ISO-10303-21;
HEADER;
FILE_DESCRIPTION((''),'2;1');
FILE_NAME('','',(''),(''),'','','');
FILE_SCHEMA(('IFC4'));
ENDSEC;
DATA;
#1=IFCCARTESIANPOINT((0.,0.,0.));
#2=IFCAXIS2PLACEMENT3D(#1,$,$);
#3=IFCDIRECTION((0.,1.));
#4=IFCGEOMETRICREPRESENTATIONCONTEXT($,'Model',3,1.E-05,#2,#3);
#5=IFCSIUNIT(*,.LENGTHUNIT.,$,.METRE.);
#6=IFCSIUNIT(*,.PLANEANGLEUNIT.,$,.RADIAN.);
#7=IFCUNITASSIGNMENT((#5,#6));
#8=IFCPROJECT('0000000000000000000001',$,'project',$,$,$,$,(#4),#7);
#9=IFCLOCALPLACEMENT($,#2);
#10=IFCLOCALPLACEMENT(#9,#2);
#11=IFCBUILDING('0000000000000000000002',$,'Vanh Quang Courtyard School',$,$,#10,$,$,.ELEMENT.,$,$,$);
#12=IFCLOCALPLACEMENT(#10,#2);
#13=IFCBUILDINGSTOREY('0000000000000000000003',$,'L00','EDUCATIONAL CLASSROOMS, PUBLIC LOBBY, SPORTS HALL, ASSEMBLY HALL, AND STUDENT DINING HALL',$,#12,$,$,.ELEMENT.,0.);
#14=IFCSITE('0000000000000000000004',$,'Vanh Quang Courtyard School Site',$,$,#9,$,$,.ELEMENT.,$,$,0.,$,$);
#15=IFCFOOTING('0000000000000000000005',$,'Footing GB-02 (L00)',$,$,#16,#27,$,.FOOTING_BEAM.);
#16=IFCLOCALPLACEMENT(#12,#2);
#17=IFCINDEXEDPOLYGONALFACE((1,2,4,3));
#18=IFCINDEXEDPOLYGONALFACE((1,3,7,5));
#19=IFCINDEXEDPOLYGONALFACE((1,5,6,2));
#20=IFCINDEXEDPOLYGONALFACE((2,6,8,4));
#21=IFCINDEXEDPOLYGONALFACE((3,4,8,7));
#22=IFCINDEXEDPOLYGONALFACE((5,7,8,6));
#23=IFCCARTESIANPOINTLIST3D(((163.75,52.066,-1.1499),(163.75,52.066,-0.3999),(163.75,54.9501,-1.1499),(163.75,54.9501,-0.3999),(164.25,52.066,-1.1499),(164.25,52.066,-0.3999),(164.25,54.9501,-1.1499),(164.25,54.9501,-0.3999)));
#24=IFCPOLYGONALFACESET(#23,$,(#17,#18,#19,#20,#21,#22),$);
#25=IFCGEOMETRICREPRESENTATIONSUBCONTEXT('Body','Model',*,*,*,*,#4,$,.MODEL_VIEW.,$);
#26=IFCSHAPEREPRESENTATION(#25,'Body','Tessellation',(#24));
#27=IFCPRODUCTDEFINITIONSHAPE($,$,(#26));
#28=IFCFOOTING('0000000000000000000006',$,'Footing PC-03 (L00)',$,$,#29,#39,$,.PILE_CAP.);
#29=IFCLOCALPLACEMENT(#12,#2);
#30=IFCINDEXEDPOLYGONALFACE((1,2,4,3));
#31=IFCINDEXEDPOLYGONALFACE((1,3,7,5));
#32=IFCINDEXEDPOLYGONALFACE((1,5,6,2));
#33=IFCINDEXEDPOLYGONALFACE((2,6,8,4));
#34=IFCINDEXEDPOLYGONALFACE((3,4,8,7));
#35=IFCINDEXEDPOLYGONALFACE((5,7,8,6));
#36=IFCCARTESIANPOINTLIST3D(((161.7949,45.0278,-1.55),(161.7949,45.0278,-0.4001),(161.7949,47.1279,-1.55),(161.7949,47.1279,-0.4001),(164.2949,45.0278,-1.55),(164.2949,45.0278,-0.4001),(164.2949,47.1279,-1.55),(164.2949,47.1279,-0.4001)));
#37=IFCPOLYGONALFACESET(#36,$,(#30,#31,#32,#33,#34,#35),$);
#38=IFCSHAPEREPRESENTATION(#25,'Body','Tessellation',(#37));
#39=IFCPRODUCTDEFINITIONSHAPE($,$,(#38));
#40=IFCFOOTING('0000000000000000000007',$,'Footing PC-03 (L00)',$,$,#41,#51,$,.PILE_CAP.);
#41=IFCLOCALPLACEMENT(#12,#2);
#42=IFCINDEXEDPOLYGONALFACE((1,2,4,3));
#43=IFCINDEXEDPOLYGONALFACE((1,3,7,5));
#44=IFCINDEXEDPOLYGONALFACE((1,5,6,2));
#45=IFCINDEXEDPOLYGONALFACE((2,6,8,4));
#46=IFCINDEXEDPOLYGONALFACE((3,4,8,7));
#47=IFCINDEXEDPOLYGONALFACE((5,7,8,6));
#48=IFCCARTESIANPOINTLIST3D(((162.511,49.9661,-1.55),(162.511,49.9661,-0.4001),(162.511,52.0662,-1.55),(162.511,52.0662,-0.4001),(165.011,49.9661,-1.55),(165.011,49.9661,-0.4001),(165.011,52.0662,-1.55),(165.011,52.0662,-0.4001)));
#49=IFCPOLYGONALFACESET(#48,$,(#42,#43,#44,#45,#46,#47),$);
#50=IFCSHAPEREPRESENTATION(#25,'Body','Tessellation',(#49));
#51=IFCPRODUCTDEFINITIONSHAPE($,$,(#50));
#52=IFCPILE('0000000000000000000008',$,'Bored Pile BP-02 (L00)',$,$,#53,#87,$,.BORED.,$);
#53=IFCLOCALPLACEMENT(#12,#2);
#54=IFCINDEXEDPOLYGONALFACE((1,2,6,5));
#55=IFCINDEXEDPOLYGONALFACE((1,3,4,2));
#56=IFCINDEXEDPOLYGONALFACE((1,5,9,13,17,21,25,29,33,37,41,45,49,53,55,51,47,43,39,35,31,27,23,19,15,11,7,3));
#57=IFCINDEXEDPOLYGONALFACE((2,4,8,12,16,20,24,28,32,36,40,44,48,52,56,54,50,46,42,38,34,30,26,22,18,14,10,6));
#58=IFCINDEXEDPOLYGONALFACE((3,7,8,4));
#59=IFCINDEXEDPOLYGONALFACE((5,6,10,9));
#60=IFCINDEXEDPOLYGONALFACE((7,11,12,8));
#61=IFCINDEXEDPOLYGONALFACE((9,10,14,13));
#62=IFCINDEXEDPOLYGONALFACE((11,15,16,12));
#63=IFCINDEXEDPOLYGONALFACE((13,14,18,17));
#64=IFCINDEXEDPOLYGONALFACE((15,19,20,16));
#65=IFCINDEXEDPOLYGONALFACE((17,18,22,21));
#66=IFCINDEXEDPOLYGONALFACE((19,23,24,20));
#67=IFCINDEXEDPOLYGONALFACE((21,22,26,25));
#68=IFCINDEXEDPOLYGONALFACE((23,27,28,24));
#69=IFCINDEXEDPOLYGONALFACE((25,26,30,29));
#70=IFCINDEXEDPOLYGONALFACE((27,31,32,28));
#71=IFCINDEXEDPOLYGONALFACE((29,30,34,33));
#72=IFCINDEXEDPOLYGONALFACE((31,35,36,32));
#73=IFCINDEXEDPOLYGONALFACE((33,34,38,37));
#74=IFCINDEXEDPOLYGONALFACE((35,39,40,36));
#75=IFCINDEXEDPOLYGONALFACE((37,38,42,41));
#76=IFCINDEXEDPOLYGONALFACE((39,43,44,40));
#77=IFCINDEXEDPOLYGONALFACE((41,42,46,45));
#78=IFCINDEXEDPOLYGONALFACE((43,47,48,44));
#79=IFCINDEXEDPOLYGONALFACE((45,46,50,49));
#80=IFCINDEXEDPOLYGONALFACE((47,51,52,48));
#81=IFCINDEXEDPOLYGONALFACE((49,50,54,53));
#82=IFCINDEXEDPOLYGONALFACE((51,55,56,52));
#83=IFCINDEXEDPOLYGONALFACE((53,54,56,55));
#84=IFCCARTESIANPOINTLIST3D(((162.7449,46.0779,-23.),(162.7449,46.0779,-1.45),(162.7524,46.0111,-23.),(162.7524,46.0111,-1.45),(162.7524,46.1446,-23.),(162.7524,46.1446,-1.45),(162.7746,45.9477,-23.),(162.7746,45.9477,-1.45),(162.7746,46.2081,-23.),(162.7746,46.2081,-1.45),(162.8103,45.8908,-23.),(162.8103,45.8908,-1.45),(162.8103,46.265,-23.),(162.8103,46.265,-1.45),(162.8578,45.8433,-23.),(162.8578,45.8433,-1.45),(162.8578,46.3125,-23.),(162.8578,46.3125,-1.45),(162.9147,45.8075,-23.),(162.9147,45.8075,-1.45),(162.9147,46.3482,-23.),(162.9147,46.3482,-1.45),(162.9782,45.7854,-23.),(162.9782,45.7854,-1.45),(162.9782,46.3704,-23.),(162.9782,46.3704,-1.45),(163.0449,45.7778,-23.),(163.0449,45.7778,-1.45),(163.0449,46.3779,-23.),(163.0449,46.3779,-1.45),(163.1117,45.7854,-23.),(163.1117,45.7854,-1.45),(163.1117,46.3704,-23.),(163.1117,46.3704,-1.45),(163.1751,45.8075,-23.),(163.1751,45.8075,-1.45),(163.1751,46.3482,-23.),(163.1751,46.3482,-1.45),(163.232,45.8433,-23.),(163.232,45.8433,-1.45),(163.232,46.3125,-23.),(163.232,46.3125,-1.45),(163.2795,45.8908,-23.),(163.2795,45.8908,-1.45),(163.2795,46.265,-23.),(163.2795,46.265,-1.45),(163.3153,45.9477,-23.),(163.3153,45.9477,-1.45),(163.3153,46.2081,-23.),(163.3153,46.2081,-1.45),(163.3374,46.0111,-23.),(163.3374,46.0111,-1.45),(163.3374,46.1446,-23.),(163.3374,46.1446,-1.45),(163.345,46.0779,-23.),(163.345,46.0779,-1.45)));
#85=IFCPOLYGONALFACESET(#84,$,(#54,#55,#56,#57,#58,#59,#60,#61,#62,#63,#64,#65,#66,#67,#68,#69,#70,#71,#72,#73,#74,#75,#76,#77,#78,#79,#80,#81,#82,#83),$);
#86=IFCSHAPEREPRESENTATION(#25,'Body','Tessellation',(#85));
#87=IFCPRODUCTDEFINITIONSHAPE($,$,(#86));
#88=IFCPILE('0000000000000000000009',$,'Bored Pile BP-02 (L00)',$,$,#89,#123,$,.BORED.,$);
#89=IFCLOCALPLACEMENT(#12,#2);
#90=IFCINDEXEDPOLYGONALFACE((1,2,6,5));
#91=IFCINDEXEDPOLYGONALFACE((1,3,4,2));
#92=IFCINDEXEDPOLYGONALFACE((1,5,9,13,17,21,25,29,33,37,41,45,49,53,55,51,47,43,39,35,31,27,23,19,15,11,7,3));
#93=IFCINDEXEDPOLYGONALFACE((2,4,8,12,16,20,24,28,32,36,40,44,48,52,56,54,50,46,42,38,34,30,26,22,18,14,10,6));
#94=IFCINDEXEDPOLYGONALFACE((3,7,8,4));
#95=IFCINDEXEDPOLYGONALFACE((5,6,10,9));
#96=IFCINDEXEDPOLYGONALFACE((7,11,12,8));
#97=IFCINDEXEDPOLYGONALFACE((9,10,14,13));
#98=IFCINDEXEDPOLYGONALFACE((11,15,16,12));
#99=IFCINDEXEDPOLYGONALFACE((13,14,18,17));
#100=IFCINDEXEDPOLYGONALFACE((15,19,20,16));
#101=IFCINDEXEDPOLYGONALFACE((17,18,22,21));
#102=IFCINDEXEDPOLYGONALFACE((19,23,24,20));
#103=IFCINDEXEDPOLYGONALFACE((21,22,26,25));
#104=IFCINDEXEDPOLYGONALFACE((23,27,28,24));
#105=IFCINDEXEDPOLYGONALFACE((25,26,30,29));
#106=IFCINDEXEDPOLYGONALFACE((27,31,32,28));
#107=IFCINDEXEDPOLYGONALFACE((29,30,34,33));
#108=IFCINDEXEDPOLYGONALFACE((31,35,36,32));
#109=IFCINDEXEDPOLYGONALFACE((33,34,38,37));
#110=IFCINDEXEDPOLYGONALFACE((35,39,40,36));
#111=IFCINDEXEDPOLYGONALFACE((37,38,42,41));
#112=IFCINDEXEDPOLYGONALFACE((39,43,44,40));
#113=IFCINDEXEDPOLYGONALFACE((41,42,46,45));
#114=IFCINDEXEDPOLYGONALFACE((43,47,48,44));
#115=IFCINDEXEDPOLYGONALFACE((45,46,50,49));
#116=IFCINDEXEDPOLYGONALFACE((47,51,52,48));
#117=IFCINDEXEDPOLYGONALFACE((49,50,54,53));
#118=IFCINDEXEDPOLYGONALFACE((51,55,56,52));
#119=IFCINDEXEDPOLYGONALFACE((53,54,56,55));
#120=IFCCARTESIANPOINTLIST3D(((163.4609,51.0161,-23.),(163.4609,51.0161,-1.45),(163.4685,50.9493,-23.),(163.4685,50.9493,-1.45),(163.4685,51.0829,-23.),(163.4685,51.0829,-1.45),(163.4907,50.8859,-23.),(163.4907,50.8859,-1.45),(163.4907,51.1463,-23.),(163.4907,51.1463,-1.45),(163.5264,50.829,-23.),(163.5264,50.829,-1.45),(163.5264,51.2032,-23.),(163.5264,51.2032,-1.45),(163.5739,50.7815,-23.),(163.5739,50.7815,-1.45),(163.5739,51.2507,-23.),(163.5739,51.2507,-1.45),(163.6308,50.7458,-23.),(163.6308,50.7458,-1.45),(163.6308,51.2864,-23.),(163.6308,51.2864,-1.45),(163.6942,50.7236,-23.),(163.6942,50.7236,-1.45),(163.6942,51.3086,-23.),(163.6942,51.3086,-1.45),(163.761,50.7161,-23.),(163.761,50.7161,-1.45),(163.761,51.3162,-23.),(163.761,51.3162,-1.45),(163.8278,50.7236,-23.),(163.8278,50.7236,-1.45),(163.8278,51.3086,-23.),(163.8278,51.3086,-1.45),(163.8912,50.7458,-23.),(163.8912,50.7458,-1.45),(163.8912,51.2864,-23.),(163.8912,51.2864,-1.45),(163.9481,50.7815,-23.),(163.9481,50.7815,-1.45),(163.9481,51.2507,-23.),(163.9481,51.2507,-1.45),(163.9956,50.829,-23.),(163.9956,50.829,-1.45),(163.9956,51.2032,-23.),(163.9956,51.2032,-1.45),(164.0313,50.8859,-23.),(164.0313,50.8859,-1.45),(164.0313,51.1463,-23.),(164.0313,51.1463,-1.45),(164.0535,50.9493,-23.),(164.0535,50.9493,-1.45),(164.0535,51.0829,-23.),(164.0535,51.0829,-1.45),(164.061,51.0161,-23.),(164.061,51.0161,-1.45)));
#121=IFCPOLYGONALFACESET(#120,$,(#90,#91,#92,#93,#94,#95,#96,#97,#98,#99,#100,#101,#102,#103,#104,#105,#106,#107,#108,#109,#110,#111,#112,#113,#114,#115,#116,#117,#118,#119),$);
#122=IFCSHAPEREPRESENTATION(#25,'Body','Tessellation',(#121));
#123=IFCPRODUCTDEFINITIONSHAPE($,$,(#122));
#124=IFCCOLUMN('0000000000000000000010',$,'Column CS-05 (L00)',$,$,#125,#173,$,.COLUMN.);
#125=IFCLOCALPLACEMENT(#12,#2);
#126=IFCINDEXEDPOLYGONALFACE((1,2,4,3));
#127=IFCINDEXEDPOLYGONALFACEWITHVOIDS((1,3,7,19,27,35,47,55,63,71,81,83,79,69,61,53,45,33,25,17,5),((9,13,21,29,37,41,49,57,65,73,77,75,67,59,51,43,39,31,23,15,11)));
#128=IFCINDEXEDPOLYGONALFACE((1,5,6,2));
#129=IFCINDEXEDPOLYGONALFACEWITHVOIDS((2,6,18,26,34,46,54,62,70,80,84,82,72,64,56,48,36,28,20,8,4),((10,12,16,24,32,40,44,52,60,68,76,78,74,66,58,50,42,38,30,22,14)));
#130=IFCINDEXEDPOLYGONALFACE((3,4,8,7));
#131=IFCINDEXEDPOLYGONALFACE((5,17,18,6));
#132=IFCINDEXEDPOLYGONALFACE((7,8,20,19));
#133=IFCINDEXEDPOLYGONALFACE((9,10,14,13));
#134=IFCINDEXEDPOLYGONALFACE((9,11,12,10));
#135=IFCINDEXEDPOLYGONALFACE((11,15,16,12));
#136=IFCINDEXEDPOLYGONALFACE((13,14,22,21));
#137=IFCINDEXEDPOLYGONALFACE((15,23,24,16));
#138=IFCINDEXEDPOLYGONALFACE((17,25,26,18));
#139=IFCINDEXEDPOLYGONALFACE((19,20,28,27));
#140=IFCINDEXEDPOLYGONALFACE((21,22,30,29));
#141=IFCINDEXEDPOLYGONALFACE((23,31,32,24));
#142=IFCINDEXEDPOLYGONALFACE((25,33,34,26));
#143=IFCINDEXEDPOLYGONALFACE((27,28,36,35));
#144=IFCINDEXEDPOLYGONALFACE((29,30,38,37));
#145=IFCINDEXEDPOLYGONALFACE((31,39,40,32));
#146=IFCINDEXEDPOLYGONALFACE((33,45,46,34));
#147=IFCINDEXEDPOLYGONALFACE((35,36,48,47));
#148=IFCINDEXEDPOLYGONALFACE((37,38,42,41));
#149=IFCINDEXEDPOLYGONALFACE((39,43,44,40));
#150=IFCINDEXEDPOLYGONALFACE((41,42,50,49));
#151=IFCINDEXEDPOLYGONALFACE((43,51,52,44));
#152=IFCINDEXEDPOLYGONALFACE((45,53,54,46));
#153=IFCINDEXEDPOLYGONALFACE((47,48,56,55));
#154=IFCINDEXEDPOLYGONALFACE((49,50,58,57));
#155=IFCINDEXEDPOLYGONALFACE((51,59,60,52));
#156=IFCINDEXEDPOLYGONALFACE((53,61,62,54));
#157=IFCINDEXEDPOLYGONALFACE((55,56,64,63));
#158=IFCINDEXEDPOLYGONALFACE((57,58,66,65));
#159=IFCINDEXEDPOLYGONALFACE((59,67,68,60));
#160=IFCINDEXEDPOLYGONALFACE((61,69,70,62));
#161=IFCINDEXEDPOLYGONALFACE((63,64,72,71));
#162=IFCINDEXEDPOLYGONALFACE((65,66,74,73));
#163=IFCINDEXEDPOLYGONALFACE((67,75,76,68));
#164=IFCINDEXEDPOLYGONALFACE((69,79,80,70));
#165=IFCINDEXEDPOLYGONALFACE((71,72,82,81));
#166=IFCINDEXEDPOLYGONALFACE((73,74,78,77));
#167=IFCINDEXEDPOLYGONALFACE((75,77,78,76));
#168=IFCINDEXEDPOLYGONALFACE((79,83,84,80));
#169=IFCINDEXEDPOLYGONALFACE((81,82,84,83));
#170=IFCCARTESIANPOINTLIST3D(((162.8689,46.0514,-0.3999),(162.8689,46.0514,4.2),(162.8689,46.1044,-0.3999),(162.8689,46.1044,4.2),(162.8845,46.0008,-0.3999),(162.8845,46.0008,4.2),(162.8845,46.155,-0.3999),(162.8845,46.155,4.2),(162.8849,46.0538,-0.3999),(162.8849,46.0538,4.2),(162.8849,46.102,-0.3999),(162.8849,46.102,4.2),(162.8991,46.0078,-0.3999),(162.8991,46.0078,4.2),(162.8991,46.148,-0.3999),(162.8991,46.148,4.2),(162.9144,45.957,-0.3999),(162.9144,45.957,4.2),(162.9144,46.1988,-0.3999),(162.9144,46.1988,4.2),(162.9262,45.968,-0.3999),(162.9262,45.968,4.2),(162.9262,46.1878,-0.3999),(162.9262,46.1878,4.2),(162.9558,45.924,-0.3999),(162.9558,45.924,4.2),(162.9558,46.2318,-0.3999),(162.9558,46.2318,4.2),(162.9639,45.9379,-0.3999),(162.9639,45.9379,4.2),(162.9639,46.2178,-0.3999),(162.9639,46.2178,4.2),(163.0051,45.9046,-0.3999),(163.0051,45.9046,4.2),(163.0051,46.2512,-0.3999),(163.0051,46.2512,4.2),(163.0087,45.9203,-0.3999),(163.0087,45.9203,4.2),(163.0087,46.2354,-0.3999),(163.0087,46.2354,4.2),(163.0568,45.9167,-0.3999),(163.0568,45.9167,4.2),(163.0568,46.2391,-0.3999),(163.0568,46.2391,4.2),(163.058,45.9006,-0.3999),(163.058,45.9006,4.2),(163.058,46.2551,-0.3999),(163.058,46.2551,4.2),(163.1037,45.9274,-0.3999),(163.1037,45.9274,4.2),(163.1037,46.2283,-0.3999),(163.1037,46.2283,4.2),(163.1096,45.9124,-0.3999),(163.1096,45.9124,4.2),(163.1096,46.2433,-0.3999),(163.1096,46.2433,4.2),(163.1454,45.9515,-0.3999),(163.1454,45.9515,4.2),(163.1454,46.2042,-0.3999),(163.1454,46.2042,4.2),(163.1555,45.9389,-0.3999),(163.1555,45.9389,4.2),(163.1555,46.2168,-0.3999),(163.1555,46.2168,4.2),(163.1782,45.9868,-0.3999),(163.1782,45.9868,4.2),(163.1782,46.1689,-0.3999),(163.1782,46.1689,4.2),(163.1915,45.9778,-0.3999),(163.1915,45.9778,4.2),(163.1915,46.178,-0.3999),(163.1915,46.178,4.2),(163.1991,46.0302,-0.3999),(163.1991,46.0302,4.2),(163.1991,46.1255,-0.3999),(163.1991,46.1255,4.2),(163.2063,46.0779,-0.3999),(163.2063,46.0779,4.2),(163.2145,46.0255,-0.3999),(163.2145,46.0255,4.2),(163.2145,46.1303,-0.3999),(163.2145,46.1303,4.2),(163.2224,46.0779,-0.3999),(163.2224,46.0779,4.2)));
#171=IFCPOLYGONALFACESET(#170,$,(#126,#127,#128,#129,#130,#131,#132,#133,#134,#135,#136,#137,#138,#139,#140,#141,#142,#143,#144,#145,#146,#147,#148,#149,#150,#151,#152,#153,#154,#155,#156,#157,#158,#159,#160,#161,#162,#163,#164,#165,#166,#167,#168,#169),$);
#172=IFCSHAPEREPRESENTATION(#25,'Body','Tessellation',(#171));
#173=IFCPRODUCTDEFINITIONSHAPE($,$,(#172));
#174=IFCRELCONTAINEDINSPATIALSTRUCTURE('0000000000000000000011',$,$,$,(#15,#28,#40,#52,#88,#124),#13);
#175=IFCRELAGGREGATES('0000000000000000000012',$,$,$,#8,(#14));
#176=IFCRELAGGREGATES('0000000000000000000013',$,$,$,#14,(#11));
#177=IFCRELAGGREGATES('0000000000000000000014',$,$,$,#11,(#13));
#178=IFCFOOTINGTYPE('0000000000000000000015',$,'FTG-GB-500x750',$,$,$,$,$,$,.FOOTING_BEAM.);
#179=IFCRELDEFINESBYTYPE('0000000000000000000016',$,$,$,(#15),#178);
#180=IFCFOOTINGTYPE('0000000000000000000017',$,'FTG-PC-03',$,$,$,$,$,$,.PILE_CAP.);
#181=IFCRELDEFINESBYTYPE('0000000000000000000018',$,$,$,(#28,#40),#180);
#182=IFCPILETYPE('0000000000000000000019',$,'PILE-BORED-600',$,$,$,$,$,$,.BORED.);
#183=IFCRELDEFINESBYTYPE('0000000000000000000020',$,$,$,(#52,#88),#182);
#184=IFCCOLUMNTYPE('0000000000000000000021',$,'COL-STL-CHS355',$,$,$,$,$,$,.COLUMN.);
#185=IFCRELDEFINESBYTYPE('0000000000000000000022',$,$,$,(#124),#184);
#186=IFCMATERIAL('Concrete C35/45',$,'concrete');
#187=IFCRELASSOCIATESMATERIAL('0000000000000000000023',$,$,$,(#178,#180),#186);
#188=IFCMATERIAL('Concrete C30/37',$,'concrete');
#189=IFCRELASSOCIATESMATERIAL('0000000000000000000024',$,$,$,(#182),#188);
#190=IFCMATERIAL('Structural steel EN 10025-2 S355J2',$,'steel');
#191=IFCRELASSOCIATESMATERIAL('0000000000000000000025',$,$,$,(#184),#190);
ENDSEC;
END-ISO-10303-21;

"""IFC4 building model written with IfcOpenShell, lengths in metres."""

from ifc_helpers import new_model, si_unit, direction, frame, origin, origin_2d, place, context, subcontext, project, spatial, rectangle, circle, hollow_circle, extrude, material, material_profile, profile_set, type_object, element, save


model = new_model("IFC4")

# Units and contexts
model_context = context("Model", 3, precision=1e-05, world=origin(), true_north=direction((0.0, 1.0)))
body_context = subcontext(model_context, "Body", "Model", "MODEL_VIEW")
ifc_project = project(units=[si_unit("LENGTHUNIT", "METRE"), si_unit("PLANEANGLEUNIT", "RADIAN")], contexts=[model_context])

# Site, building, storey
site_placement = place(None, origin())
site = spatial("IfcSite", under=ifc_project, at=site_placement, Name="Vanh Quang Courtyard School Site", CompositionType="ELEMENT", RefElevation=0.0)
building_placement = place(site_placement, origin())
building = spatial("IfcBuilding", under=site, at=building_placement, Name="Vanh Quang Courtyard School", CompositionType="ELEMENT")
storey_placement = place(building_placement, origin())
storey = spatial("IfcBuildingStorey", under=building, at=storey_placement, Name="L00", Description="EDUCATIONAL CLASSROOMS, PUBLIC LOBBY, SPORTS HALL, ASSEMBLY HALL, AND STUDENT DINING HALL", CompositionType="ELEMENT", Elevation=0.0)

# Footings
ifc_material_1 = material(Name="Concrete C35/45", Category="concrete")
footing_type_1 = type_object("IfcFootingType", Name="FTG-GB-500x750", PredefinedType="FOOTING_BEAM", material=ifc_material_1)
footing_placement = place(storey_placement, frame((164.0, 53.5081, -1.1499), z_axis=(0.0, 0.0, 1.0), x_axis=(0.0, 1.0, 0.0)))
element("IfcFooting", 1, at=footing_placement, inside=storey, type_object=footing_type_1, Name="Footing GB-02 (L00)", PredefinedType="FOOTING_BEAM", context=body_context, shape_type="SweptSolid", body=[
    extrude(rectangle(XDim=2.884, YDim=0.5, at=origin_2d()), origin(), (0.0, 0.0, 1.0), 0.75),
])
footing_type_2 = type_object("IfcFootingType", Name="FTG-PC-03", PredefinedType="PILE_CAP", material=ifc_material_1)
for number, where, z_axis, x_axis, name in (
    (2, (163.0449, 46.0779, -1.55), (0.0, 0.0, 1.0), (1.0, 0.0, 0.0), "Footing PC-03 (L00)"),
    (3, (163.761, 51.0161, -1.55), (0.0, 0.0, 1.0), (1.0, 0.0, 0.0), "Footing PC-03 (L00)"),
):
    element("IfcFooting", number, at=place(storey_placement, frame(where, z_axis=z_axis, x_axis=x_axis)), inside=storey, type_object=footing_type_2, Name=name, PredefinedType="PILE_CAP", context=body_context, shape_type="SweptSolid", body=[
        extrude(rectangle(XDim=2.5, YDim=2.1001, at=origin_2d()), origin(), (0.0, 0.0, 1.0), 1.1499),
    ])

# Piles
ifc_material_2 = material(Name="Concrete C30/37", Category="concrete")
ifc_material_profile_1 = material_profile(ifc_material_2, circle(Radius=0.3, at=origin_2d()), Name="PILE D600")
ifc_profile_set_1 = profile_set([ifc_material_profile_1], Name="Concrete C30/37")
pile_type = type_object("IfcPileType", Name="PILE-BORED-600", PredefinedType="BORED", material=ifc_profile_set_1)
for number, where, z_axis, x_axis, name in (
    (4, (163.0449, 46.0779, -1.45), (0.0, 0.0, -1.0), (1.0, 0.0, 0.0), "Bored Pile BP-02 (L00)"),
    (5, (163.761, 51.0161, -1.45), (0.0, 0.0, -1.0), (1.0, 0.0, 0.0), "Bored Pile BP-02 (L00)"),
):
    element("IfcPile", number, at=place(storey_placement, frame(where, z_axis=z_axis, x_axis=x_axis)), inside=storey, type_object=pile_type, Name=name, PredefinedType="BORED", context=body_context, shape_type="SweptSolid", body=[
        extrude(circle(Radius=0.3, at=origin_2d()), origin(), (0.0, 0.0, 1.0), 21.55),
    ])

# Column
ifc_material_3 = material(Name="Structural steel EN 10025-2 S355J2", Category="steel")
ifc_material_profile_2 = material_profile(ifc_material_3, hollow_circle(Radius=0.1777, WallThickness=0.0161, at=origin_2d()), Name="CHS 355.6x16")
ifc_profile_set_2 = profile_set([ifc_material_profile_2], Name="Structural steel EN 10025-2 S355J2")
column_type_1 = type_object("IfcColumnType", Name="COL-STL-CHS355", PredefinedType="COLUMN", material=ifc_profile_set_2)
for number, where, z_axis, x_axis, name in (
    (6, (163.0447, 46.0779, -0.3999), (0.0, 0.0, 1.0), (1.0, 0.0, 0.0), "Column CS-05 (L00)"),
):
    element("IfcColumn", number, at=place(storey_placement, frame(where, z_axis=z_axis, x_axis=x_axis)), inside=storey, type_object=column_type_1, Name=name, PredefinedType="COLUMN", context=body_context, shape_type="SweptSolid", body=[
        extrude(hollow_circle(Radius=0.1777, WallThickness=0.0161, at=origin_2d()), origin(), (0.0, 0.0, 1.0), 4.5999),
    ])

save(model, "model.ifc")
